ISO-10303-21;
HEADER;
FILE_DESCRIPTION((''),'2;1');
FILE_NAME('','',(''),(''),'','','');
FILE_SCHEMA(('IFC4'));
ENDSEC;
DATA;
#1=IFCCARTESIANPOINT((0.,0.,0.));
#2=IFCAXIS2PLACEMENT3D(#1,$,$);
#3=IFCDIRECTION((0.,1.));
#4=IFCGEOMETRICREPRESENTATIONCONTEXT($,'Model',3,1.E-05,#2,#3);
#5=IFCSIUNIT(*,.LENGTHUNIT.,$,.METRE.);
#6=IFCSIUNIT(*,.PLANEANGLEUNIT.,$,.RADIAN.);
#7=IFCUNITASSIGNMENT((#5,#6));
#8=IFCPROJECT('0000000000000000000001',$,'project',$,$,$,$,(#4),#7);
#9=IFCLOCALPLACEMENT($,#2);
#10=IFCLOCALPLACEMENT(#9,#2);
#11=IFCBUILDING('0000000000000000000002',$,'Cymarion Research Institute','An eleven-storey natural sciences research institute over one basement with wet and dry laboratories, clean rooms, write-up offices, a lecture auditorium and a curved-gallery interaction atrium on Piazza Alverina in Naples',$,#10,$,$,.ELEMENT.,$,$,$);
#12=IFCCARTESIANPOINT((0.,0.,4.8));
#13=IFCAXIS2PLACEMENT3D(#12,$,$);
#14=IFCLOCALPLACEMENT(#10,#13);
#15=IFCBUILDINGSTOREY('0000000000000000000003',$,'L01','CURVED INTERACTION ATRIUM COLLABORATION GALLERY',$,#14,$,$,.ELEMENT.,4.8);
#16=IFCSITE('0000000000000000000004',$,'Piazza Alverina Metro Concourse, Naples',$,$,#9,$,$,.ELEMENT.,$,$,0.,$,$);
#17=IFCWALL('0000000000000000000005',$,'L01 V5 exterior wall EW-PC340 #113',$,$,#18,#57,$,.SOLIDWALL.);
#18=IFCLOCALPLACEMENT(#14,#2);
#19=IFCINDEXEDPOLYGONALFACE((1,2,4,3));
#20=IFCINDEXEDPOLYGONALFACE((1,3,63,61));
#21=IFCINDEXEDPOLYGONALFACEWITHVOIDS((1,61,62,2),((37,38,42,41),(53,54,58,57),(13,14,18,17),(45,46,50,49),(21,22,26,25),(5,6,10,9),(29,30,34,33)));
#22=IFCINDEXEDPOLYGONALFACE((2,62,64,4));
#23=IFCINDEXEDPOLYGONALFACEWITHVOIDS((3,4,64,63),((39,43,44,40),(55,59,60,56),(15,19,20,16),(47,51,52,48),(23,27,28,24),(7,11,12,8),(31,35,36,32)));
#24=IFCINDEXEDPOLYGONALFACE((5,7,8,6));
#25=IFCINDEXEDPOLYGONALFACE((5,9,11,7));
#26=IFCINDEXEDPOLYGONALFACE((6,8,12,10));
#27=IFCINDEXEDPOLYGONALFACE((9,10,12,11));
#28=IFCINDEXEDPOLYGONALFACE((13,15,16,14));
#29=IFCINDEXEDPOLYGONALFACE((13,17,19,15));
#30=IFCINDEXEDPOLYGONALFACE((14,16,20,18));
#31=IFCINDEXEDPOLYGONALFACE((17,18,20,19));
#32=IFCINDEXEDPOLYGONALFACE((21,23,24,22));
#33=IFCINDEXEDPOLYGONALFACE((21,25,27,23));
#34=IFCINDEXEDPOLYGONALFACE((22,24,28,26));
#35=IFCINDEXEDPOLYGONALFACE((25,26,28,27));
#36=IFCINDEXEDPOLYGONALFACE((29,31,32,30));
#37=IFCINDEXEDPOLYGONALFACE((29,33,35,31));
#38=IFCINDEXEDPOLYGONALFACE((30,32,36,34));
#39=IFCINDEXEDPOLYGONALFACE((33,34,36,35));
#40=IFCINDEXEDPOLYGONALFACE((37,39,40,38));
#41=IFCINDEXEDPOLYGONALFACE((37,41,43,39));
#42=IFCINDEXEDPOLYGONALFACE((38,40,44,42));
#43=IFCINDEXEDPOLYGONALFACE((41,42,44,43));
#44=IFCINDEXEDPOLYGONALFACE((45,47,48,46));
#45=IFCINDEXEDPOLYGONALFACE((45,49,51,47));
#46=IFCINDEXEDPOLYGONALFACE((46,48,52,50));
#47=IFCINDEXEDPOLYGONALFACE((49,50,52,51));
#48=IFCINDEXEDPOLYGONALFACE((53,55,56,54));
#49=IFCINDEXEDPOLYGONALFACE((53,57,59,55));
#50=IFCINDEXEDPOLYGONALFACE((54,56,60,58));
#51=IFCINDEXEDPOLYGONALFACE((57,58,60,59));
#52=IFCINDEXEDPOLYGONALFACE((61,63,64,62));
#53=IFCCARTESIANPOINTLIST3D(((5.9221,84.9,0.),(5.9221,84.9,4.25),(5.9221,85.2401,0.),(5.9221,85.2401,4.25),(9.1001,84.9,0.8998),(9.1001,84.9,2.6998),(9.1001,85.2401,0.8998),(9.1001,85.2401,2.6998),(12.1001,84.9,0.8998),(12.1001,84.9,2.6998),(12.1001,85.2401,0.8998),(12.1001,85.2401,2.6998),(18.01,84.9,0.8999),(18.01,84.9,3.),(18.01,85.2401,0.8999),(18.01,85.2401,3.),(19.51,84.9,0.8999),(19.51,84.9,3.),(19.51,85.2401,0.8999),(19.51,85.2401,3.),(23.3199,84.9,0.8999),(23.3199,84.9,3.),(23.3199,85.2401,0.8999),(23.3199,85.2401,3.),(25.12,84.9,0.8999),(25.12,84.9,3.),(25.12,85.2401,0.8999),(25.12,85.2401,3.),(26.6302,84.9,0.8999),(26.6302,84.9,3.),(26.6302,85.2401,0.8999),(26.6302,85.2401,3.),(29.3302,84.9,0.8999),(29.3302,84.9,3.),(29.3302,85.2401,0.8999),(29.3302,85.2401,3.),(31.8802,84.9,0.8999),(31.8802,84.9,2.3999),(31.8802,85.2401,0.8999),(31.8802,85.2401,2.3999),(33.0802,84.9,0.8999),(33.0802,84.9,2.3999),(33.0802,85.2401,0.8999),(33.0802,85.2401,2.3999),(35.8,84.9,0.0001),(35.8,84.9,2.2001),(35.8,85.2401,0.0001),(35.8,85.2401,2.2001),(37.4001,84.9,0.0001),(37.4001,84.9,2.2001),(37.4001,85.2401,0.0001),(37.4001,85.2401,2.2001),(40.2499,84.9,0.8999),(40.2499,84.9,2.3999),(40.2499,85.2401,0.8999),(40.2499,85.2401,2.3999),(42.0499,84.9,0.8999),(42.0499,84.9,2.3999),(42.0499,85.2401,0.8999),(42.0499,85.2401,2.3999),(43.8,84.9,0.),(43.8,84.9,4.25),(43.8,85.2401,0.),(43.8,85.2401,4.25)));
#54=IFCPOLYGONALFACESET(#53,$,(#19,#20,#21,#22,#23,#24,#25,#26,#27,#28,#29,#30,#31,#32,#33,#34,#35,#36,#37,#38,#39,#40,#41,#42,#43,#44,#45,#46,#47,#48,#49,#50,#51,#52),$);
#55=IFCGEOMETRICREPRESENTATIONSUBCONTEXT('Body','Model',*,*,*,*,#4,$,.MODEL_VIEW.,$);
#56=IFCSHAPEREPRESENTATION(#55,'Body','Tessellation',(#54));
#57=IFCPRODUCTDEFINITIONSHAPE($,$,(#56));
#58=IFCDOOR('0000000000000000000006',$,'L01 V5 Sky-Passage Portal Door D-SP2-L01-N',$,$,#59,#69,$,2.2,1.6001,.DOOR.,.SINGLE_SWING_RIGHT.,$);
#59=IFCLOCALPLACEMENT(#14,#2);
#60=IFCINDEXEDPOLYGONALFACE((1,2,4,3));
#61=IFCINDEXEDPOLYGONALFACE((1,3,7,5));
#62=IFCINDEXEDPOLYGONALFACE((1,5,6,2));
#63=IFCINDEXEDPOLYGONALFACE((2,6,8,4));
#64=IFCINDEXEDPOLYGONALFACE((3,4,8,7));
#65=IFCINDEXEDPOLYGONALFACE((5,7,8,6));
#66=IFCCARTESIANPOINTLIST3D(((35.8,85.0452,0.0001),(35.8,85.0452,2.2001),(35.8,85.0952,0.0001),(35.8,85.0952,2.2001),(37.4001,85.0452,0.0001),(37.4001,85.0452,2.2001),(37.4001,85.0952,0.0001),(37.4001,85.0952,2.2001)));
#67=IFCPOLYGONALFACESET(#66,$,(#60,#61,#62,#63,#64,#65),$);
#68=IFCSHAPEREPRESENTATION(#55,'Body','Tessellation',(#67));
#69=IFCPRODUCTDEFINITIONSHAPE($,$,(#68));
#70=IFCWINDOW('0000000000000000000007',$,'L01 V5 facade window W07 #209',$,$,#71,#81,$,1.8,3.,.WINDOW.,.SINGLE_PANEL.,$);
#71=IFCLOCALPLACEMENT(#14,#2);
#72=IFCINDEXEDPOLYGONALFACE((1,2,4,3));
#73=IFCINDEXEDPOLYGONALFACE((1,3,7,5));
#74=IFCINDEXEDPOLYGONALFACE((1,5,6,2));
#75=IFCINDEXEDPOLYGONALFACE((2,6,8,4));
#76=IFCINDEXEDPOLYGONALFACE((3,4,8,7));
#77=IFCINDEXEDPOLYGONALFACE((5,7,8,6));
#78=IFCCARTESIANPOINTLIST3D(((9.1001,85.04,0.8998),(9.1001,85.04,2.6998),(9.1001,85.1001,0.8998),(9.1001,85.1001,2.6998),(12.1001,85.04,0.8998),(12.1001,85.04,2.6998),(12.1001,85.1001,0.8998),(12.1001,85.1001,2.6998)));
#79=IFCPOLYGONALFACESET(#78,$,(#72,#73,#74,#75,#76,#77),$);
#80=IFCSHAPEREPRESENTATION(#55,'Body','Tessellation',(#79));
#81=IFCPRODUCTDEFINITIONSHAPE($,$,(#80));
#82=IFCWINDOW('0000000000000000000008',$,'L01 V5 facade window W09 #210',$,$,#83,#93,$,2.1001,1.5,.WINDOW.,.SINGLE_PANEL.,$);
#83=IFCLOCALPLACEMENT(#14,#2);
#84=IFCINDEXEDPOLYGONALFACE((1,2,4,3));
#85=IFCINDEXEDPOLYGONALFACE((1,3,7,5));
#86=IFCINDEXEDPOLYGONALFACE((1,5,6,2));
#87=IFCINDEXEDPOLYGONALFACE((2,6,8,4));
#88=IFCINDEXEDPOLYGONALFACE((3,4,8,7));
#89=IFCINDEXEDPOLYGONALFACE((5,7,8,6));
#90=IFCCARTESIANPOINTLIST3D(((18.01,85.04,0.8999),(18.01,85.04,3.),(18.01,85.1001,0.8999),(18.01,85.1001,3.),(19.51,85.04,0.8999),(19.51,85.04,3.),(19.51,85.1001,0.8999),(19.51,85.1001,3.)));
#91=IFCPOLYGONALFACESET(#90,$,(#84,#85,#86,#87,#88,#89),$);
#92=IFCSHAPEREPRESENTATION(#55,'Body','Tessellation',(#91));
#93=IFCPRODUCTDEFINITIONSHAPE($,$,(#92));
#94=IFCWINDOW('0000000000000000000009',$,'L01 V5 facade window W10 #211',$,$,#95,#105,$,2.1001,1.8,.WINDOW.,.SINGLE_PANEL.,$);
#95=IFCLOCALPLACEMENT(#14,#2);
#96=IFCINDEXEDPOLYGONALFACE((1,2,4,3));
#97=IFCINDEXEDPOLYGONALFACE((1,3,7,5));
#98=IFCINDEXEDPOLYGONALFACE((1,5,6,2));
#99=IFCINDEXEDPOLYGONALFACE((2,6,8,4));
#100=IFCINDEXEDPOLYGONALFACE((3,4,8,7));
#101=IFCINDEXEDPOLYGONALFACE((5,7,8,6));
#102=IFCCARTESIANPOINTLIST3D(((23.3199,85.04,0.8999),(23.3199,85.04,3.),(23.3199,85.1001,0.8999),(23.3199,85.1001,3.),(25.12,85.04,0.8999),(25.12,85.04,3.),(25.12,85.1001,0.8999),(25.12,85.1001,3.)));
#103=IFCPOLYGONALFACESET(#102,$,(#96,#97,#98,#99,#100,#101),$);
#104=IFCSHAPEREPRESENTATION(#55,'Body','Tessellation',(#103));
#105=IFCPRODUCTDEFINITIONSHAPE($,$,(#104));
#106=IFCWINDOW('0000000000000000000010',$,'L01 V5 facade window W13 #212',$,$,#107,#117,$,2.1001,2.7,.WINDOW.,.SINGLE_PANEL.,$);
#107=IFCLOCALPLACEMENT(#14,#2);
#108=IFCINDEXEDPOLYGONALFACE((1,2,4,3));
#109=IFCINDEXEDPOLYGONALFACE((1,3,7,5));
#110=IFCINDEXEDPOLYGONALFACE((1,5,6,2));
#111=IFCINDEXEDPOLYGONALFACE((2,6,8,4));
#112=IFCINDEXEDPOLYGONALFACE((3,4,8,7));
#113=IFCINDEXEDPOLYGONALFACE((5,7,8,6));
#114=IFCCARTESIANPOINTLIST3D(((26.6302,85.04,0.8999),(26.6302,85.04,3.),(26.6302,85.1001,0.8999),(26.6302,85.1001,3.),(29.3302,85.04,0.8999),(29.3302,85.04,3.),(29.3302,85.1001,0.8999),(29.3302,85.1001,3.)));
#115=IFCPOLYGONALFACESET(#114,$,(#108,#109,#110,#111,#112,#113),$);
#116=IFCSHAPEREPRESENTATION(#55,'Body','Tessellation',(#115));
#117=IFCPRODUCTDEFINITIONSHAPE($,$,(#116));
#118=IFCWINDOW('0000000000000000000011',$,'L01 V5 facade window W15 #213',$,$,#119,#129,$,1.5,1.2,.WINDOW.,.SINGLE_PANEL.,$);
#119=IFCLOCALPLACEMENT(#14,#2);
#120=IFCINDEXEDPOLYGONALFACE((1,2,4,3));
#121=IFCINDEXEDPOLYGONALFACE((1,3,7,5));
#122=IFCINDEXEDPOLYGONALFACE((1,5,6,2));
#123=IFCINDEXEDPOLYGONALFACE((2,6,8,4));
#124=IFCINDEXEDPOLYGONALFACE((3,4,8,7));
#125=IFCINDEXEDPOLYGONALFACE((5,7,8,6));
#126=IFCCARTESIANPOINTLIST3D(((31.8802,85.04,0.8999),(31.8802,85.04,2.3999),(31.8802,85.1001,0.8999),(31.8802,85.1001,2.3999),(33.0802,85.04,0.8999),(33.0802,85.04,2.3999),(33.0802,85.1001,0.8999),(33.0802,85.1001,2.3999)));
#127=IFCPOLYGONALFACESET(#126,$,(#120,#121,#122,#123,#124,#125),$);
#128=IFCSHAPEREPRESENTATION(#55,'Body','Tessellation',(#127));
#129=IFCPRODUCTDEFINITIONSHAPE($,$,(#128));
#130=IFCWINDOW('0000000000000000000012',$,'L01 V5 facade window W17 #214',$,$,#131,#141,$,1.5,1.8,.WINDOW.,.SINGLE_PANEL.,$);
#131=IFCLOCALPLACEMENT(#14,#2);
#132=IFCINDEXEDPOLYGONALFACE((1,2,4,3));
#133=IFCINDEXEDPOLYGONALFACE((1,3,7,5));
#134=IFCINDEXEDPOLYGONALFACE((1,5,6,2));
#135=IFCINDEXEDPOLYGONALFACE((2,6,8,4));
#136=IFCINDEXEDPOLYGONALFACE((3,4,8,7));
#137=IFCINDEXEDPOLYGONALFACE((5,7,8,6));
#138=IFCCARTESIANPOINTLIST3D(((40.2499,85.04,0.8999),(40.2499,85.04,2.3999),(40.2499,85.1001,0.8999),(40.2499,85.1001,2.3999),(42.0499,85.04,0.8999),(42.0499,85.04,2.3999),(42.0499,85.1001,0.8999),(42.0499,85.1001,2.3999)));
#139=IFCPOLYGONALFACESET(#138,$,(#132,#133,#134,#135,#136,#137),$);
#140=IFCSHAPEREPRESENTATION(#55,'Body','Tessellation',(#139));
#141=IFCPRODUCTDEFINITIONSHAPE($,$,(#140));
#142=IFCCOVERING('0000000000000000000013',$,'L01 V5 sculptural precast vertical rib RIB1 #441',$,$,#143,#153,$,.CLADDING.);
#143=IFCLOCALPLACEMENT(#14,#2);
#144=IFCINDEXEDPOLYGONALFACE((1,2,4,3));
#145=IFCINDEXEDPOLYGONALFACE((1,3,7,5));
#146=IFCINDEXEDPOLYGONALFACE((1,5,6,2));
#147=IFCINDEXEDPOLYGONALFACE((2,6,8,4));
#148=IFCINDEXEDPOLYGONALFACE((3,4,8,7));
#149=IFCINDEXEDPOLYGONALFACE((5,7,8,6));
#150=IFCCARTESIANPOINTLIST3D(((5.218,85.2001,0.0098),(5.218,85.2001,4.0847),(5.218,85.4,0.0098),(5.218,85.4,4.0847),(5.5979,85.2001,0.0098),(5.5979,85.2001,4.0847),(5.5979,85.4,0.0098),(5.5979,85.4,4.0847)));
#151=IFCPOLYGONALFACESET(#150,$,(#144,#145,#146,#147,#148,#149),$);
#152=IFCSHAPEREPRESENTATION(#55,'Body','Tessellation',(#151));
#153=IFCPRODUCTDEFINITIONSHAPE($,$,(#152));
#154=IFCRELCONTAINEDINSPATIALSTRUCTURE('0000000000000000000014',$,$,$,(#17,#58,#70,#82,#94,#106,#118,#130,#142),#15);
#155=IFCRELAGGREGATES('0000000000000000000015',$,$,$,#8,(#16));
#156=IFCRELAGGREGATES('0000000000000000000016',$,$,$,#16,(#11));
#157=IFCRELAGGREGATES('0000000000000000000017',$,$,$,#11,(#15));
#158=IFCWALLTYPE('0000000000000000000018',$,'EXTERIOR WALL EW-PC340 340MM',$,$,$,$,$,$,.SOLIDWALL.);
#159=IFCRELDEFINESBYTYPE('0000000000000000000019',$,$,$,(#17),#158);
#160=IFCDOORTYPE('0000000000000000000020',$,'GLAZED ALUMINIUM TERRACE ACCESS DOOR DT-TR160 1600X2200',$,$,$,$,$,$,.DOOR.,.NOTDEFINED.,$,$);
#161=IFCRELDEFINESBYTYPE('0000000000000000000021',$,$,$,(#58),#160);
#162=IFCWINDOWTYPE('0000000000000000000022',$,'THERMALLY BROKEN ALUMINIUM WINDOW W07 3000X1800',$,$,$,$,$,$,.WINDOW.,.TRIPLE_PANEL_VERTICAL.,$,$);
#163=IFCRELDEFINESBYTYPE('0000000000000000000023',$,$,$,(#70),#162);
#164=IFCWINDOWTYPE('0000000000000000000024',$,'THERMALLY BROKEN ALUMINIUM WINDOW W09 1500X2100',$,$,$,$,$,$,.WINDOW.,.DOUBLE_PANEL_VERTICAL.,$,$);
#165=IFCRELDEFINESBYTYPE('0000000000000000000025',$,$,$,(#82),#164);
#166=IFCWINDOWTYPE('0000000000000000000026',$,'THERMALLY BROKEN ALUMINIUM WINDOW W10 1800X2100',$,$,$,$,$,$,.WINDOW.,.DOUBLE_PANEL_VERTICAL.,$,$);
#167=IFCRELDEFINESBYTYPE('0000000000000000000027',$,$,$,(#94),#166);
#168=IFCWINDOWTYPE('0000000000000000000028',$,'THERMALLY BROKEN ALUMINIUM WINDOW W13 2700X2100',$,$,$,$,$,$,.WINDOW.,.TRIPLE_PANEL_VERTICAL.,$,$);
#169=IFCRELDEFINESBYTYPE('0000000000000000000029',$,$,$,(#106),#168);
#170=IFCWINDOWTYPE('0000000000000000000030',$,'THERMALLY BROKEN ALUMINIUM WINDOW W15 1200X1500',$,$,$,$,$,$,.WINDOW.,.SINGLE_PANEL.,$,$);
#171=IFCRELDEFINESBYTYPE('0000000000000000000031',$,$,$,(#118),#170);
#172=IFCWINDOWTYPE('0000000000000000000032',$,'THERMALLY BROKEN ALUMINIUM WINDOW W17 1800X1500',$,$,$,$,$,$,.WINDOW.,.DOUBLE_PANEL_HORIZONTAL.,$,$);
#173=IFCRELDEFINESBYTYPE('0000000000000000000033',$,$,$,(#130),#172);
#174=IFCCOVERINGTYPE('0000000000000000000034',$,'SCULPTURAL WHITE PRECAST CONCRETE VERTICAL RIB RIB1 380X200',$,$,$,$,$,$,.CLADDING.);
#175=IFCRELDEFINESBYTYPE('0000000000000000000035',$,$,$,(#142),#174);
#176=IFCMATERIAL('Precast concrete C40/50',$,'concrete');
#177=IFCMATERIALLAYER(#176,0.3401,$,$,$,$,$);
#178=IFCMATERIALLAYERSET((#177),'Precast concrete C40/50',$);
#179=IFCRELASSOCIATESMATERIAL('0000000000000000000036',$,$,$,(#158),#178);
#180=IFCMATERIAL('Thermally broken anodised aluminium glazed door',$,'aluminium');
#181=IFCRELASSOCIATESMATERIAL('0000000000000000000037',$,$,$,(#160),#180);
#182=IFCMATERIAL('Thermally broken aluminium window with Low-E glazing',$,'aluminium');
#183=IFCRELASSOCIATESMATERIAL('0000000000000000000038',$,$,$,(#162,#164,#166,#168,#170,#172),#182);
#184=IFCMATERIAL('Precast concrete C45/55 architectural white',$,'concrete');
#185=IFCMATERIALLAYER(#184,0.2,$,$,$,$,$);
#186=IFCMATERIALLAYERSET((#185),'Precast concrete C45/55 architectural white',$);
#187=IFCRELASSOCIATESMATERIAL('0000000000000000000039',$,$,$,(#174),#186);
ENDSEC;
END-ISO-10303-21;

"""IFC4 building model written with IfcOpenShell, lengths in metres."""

from ifc_helpers import new_model, si_unit, direction, frame, frame_2d, origin, origin_2d, place, context, subcontext, project, spatial, rectangle, extrude, material, layer, layer_set, type_object, element, fill, save


model = new_model("IFC4")

# Units and contexts
model_context = context("Model", 3, precision=1e-05, world=origin(), true_north=direction((0.0, 1.0)))
body_context = subcontext(model_context, "Body", "Model", "MODEL_VIEW")
ifc_project = project(units=[si_unit("LENGTHUNIT", "METRE"), si_unit("PLANEANGLEUNIT", "RADIAN")], contexts=[model_context])

# Site, building, storey
site_placement = place(None, origin())
site = spatial("IfcSite", under=ifc_project, at=site_placement, Name="Piazza Alverina Metro Concourse, Naples", CompositionType="ELEMENT", RefElevation=0.0)
building_placement = place(site_placement, origin())
building = spatial("IfcBuilding", under=site, at=building_placement, Name="Cymarion Research Institute", Description="An eleven-storey natural sciences research institute over one basement with wet and dry laboratories, clean rooms, write-up offices, a lecture auditorium and a curved-gallery interaction atrium on Piazza Alverina in Naples", CompositionType="ELEMENT")
storey_placement = place(building_placement, frame((0.0, 0.0, 4.8)))
storey = spatial("IfcBuildingStorey", under=building, at=storey_placement, Name="L01", Description="CURVED INTERACTION ATRIUM COLLABORATION GALLERY", CompositionType="ELEMENT", Elevation=4.8)

# Wall, openings, door, windows
ifc_material_1 = material(Name="Precast concrete C40/50", Category="concrete")
ifc_layer_1 = layer(ifc_material_1, 0.3401)
ifc_layer_set_1 = layer_set([ifc_layer_1], Name="Precast concrete C40/50")
wall_type = type_object("IfcWallType", Name="EXTERIOR WALL EW-PC340 340MM", PredefinedType="SOLIDWALL", material=ifc_layer_set_1)
wall_placement = place(storey_placement, frame((5.9221, 85.0701, 0.0), z_axis=(0.0, 0.0, 1.0), x_axis=(1.0, 0.0, 0.0)))
wall = element("IfcWall", 1, at=wall_placement, inside=storey, type_object=wall_type, Name="L01 V5 exterior wall EW-PC340 #113", PredefinedType="SOLIDWALL", context=body_context, shape_type="SweptSolid", body=[
    extrude(rectangle(XDim=37.8779, YDim=0.3401, at=frame_2d((18.939, 0.0))), origin(), (0.0, 0.0, 1.0), 4.25),
])
opening_1_placement = place(wall_placement, frame((29.8779, 0.0, 0.0)))
opening_1 = element("IfcOpeningElement", 2, at=opening_1_placement, cuts=wall, PredefinedType="OPENING", context=body_context, shape_type="SweptSolid", body=[
    extrude(rectangle(XDim=1.6001, YDim=2.2, at=frame_2d((0.8, 1.1001))), frame((0.0, 0.1799, 0.0), z_axis=(0.0, -1.0, 0.0), x_axis=(1.0, 0.0, 0.0)), (0.0, 0.0, 1.0), 0.3601),
])
opening_2_placement = place(wall_placement, frame((3.178, 0.0, 0.8999)))
opening_2 = element("IfcOpeningElement", 3, at=opening_2_placement, cuts=wall, PredefinedType="OPENING", context=body_context, shape_type="SweptSolid", body=[
    extrude(rectangle(XDim=3.0, YDim=1.8, at=frame_2d((1.5, 0.8999))), frame((0.0, 0.1799, 0.0), z_axis=(0.0, -1.0, 0.0), x_axis=(1.0, 0.0, 0.0)), (0.0, 0.0, 1.0), 0.3601),
])
opening_3_placement = place(wall_placement, frame((12.0879, 0.0, 0.8999)))
opening_3 = element("IfcOpeningElement", 4, at=opening_3_placement, cuts=wall, PredefinedType="OPENING", context=body_context, shape_type="SweptSolid", body=[
    extrude(rectangle(XDim=1.5, YDim=2.1001, at=frame_2d((0.75, 1.05))), frame((0.0, 0.1799, 0.0), z_axis=(0.0, -1.0, 0.0), x_axis=(1.0, 0.0, 0.0)), (0.0, 0.0, 1.0), 0.3601),
])
opening_4_placement = place(wall_placement, frame((17.3979, 0.0, 0.8999)))
opening_4 = element("IfcOpeningElement", 5, at=opening_4_placement, cuts=wall, PredefinedType="OPENING", context=body_context, shape_type="SweptSolid", body=[
    extrude(rectangle(XDim=1.8, YDim=2.1001, at=frame_2d((0.8999, 1.05))), frame((0.0, 0.1799, 0.0), z_axis=(0.0, -1.0, 0.0), x_axis=(1.0, 0.0, 0.0)), (0.0, 0.0, 1.0), 0.3601),
])
opening_5_placement = place(wall_placement, frame((20.708, 0.0, 0.8999)))
opening_5 = element("IfcOpeningElement", 6, at=opening_5_placement, cuts=wall, PredefinedType="OPENING", context=body_context, shape_type="SweptSolid", body=[
    extrude(rectangle(XDim=2.7, YDim=2.1001, at=frame_2d((1.3501, 1.05))), frame((0.0, 0.1799, 0.0), z_axis=(0.0, -1.0, 0.0), x_axis=(1.0, 0.0, 0.0)), (0.0, 0.0, 1.0), 0.3601),
])
opening_6_placement = place(wall_placement, frame((25.958, 0.0, 0.8999)))
opening_6 = element("IfcOpeningElement", 7, at=opening_6_placement, cuts=wall, PredefinedType="OPENING", context=body_context, shape_type="SweptSolid", body=[
    extrude(rectangle(XDim=1.2, YDim=1.5, at=frame_2d((0.6001, 0.75))), frame((0.0, 0.1799, 0.0), z_axis=(0.0, -1.0, 0.0), x_axis=(1.0, 0.0, 0.0)), (0.0, 0.0, 1.0), 0.3601),
])
opening_7_placement = place(wall_placement, frame((34.3279, 0.0, 0.8999)))
opening_7 = element("IfcOpeningElement", 8, at=opening_7_placement, cuts=wall, PredefinedType="OPENING", context=body_context, shape_type="SweptSolid", body=[
    extrude(rectangle(XDim=1.8, YDim=1.5, at=frame_2d((0.8999, 0.75))), frame((0.0, 0.1799, 0.0), z_axis=(0.0, -1.0, 0.0), x_axis=(1.0, 0.0, 0.0)), (0.0, 0.0, 1.0), 0.3601),
])
ifc_material_2 = material(Name="Thermally broken anodised aluminium glazed door", Category="aluminium")
door_type = type_object("IfcDoorType", Name="GLAZED ALUMINIUM TERRACE ACCESS DOOR DT-TR160 1600X2200", OperationType="NOTDEFINED", PredefinedType="DOOR", material=ifc_material_2)
door_placement = place(opening_1_placement, frame((1.6001, 0.0, 0.0), z_axis=(0.0, 0.0, 1.0), x_axis=(-1.0, 0.0, 0.0)))
door = element("IfcDoor", 9, at=door_placement, inside=storey, type_object=door_type, Name="L01 V5 Sky-Passage Portal Door D-SP2-L01-N", OperationType="SINGLE_SWING_RIGHT", OverallHeight=2.2, OverallWidth=1.6001, PredefinedType="DOOR", context=body_context, shape_type="SweptSolid", body=[
    extrude(rectangle(XDim=1.6001, YDim=2.2, at=frame_2d((0.8, 1.1001))), frame((0.0, 0.0249, 0.0), z_axis=(0.0, -1.0, 0.0), x_axis=(1.0, 0.0, 0.0)), (0.0, 0.0, 1.0), 0.05),
])
fill(opening_1, door)
ifc_material_3 = material(Name="Thermally broken aluminium window with Low-E glazing", Category="aluminium")
window_type_1 = type_object("IfcWindowType", Name="THERMALLY BROKEN ALUMINIUM WINDOW W07 3000X1800", PartitioningType="TRIPLE_PANEL_VERTICAL", PredefinedType="WINDOW", material=ifc_material_3)
window_1_placement = place(opening_2_placement, origin())
window_1 = element("IfcWindow", 10, at=window_1_placement, inside=storey, type_object=window_type_1, Name="L01 V5 facade window W07 #209", OverallHeight=1.8, OverallWidth=3.0, PartitioningType="SINGLE_PANEL", PredefinedType="WINDOW", context=body_context, shape_type="SweptSolid", body=[
    extrude(rectangle(XDim=3.0, YDim=1.8, at=frame_2d((1.5, 0.8999))), frame((0.0, 0.03, 0.0), z_axis=(0.0, -1.0, 0.0), x_axis=(1.0, 0.0, 0.0)), (0.0, 0.0, 1.0), 0.0601),
])
fill(opening_2, window_1)
window_type_2 = type_object("IfcWindowType", Name="THERMALLY BROKEN ALUMINIUM WINDOW W09 1500X2100", PartitioningType="DOUBLE_PANEL_VERTICAL", PredefinedType="WINDOW", material=ifc_material_3)
window_2_placement = place(opening_3_placement, origin())
window_2 = element("IfcWindow", 11, at=window_2_placement, inside=storey, type_object=window_type_2, Name="L01 V5 facade window W09 #210", OverallHeight=2.1001, OverallWidth=1.5, PartitioningType="SINGLE_PANEL", PredefinedType="WINDOW", context=body_context, shape_type="SweptSolid", body=[
    extrude(rectangle(XDim=1.5, YDim=2.1001, at=frame_2d((0.75, 1.05))), frame((0.0, 0.03, 0.0), z_axis=(0.0, -1.0, 0.0), x_axis=(1.0, 0.0, 0.0)), (0.0, 0.0, 1.0), 0.0601),
])
fill(opening_3, window_2)
window_type_3 = type_object("IfcWindowType", Name="THERMALLY BROKEN ALUMINIUM WINDOW W10 1800X2100", PartitioningType="DOUBLE_PANEL_VERTICAL", PredefinedType="WINDOW", material=ifc_material_3)
window_3_placement = place(opening_4_placement, origin())
window_3 = element("IfcWindow", 12, at=window_3_placement, inside=storey, type_object=window_type_3, Name="L01 V5 facade window W10 #211", OverallHeight=2.1001, OverallWidth=1.8, PartitioningType="SINGLE_PANEL", PredefinedType="WINDOW", context=body_context, shape_type="SweptSolid", body=[
    extrude(rectangle(XDim=1.8, YDim=2.1001, at=frame_2d((0.8999, 1.05))), frame((0.0, 0.03, 0.0), z_axis=(0.0, -1.0, 0.0), x_axis=(1.0, 0.0, 0.0)), (0.0, 0.0, 1.0), 0.0601),
])
fill(opening_4, window_3)
window_type_4 = type_object("IfcWindowType", Name="THERMALLY BROKEN ALUMINIUM WINDOW W13 2700X2100", PartitioningType="TRIPLE_PANEL_VERTICAL", PredefinedType="WINDOW", material=ifc_material_3)
window_4_placement = place(opening_5_placement, origin())
window_4 = element("IfcWindow", 13, at=window_4_placement, inside=storey, type_object=window_type_4, Name="L01 V5 facade window W13 #212", OverallHeight=2.1001, OverallWidth=2.7, PartitioningType="SINGLE_PANEL", PredefinedType="WINDOW", context=body_context, shape_type="SweptSolid", body=[
    extrude(rectangle(XDim=2.7, YDim=2.1001, at=frame_2d((1.3501, 1.05))), frame((0.0, 0.03, 0.0), z_axis=(0.0, -1.0, 0.0), x_axis=(1.0, 0.0, 0.0)), (0.0, 0.0, 1.0), 0.0601),
])
fill(opening_5, window_4)
window_type_5 = type_object("IfcWindowType", Name="THERMALLY BROKEN ALUMINIUM WINDOW W15 1200X1500", PartitioningType="SINGLE_PANEL", PredefinedType="WINDOW", material=ifc_material_3)
window_5_placement = place(opening_6_placement, origin())
window_5 = element("IfcWindow", 14, at=window_5_placement, inside=storey, type_object=window_type_5, Name="L01 V5 facade window W15 #213", OverallHeight=1.5, OverallWidth=1.2, PartitioningType="SINGLE_PANEL", PredefinedType="WINDOW", context=body_context, shape_type="SweptSolid", body=[
    extrude(rectangle(XDim=1.2, YDim=1.5, at=frame_2d((0.6001, 0.75))), frame((0.0, 0.03, 0.0), z_axis=(0.0, -1.0, 0.0), x_axis=(1.0, 0.0, 0.0)), (0.0, 0.0, 1.0), 0.0601),
])
fill(opening_6, window_5)
window_type_6 = type_object("IfcWindowType", Name="THERMALLY BROKEN ALUMINIUM WINDOW W17 1800X1500", PartitioningType="DOUBLE_PANEL_HORIZONTAL", PredefinedType="WINDOW", material=ifc_material_3)
window_6_placement = place(opening_7_placement, origin())
window_6 = element("IfcWindow", 15, at=window_6_placement, inside=storey, type_object=window_type_6, Name="L01 V5 facade window W17 #214", OverallHeight=1.5, OverallWidth=1.8, PartitioningType="SINGLE_PANEL", PredefinedType="WINDOW", context=body_context, shape_type="SweptSolid", body=[
    extrude(rectangle(XDim=1.8, YDim=1.5, at=frame_2d((0.8999, 0.75))), frame((0.0, 0.03, 0.0), z_axis=(0.0, -1.0, 0.0), x_axis=(1.0, 0.0, 0.0)), (0.0, 0.0, 1.0), 0.0601),
])
fill(opening_7, window_6)

# Covering
ifc_material_4 = material(Name="Precast concrete C45/55 architectural white", Category="concrete")
ifc_layer_2 = layer(ifc_material_4, 0.2)
ifc_layer_set_2 = layer_set([ifc_layer_2], Name="Precast concrete C45/55 architectural white")
covering_type = type_object("IfcCoveringType", Name="SCULPTURAL WHITE PRECAST CONCRETE VERTICAL RIB RIB1 380X200", PredefinedType="CLADDING", material=ifc_layer_set_2)
covering_placement = place(storey_placement, frame((5.408, 85.3, 0.0098), z_axis=(0.0, 0.0, 1.0), x_axis=(-1.0, 0.0, 0.0)))
element("IfcCovering", 16, at=covering_placement, inside=storey, type_object=covering_type, Name="L01 V5 sculptural precast vertical rib RIB1 #441", PredefinedType="CLADDING", context=body_context, shape_type="SweptSolid", body=[
    extrude(rectangle(XDim=0.3799, YDim=0.2, at=origin_2d()), origin(), (0.0, 0.0, 1.0), 4.075),
])

save(model, "model.ifc")
